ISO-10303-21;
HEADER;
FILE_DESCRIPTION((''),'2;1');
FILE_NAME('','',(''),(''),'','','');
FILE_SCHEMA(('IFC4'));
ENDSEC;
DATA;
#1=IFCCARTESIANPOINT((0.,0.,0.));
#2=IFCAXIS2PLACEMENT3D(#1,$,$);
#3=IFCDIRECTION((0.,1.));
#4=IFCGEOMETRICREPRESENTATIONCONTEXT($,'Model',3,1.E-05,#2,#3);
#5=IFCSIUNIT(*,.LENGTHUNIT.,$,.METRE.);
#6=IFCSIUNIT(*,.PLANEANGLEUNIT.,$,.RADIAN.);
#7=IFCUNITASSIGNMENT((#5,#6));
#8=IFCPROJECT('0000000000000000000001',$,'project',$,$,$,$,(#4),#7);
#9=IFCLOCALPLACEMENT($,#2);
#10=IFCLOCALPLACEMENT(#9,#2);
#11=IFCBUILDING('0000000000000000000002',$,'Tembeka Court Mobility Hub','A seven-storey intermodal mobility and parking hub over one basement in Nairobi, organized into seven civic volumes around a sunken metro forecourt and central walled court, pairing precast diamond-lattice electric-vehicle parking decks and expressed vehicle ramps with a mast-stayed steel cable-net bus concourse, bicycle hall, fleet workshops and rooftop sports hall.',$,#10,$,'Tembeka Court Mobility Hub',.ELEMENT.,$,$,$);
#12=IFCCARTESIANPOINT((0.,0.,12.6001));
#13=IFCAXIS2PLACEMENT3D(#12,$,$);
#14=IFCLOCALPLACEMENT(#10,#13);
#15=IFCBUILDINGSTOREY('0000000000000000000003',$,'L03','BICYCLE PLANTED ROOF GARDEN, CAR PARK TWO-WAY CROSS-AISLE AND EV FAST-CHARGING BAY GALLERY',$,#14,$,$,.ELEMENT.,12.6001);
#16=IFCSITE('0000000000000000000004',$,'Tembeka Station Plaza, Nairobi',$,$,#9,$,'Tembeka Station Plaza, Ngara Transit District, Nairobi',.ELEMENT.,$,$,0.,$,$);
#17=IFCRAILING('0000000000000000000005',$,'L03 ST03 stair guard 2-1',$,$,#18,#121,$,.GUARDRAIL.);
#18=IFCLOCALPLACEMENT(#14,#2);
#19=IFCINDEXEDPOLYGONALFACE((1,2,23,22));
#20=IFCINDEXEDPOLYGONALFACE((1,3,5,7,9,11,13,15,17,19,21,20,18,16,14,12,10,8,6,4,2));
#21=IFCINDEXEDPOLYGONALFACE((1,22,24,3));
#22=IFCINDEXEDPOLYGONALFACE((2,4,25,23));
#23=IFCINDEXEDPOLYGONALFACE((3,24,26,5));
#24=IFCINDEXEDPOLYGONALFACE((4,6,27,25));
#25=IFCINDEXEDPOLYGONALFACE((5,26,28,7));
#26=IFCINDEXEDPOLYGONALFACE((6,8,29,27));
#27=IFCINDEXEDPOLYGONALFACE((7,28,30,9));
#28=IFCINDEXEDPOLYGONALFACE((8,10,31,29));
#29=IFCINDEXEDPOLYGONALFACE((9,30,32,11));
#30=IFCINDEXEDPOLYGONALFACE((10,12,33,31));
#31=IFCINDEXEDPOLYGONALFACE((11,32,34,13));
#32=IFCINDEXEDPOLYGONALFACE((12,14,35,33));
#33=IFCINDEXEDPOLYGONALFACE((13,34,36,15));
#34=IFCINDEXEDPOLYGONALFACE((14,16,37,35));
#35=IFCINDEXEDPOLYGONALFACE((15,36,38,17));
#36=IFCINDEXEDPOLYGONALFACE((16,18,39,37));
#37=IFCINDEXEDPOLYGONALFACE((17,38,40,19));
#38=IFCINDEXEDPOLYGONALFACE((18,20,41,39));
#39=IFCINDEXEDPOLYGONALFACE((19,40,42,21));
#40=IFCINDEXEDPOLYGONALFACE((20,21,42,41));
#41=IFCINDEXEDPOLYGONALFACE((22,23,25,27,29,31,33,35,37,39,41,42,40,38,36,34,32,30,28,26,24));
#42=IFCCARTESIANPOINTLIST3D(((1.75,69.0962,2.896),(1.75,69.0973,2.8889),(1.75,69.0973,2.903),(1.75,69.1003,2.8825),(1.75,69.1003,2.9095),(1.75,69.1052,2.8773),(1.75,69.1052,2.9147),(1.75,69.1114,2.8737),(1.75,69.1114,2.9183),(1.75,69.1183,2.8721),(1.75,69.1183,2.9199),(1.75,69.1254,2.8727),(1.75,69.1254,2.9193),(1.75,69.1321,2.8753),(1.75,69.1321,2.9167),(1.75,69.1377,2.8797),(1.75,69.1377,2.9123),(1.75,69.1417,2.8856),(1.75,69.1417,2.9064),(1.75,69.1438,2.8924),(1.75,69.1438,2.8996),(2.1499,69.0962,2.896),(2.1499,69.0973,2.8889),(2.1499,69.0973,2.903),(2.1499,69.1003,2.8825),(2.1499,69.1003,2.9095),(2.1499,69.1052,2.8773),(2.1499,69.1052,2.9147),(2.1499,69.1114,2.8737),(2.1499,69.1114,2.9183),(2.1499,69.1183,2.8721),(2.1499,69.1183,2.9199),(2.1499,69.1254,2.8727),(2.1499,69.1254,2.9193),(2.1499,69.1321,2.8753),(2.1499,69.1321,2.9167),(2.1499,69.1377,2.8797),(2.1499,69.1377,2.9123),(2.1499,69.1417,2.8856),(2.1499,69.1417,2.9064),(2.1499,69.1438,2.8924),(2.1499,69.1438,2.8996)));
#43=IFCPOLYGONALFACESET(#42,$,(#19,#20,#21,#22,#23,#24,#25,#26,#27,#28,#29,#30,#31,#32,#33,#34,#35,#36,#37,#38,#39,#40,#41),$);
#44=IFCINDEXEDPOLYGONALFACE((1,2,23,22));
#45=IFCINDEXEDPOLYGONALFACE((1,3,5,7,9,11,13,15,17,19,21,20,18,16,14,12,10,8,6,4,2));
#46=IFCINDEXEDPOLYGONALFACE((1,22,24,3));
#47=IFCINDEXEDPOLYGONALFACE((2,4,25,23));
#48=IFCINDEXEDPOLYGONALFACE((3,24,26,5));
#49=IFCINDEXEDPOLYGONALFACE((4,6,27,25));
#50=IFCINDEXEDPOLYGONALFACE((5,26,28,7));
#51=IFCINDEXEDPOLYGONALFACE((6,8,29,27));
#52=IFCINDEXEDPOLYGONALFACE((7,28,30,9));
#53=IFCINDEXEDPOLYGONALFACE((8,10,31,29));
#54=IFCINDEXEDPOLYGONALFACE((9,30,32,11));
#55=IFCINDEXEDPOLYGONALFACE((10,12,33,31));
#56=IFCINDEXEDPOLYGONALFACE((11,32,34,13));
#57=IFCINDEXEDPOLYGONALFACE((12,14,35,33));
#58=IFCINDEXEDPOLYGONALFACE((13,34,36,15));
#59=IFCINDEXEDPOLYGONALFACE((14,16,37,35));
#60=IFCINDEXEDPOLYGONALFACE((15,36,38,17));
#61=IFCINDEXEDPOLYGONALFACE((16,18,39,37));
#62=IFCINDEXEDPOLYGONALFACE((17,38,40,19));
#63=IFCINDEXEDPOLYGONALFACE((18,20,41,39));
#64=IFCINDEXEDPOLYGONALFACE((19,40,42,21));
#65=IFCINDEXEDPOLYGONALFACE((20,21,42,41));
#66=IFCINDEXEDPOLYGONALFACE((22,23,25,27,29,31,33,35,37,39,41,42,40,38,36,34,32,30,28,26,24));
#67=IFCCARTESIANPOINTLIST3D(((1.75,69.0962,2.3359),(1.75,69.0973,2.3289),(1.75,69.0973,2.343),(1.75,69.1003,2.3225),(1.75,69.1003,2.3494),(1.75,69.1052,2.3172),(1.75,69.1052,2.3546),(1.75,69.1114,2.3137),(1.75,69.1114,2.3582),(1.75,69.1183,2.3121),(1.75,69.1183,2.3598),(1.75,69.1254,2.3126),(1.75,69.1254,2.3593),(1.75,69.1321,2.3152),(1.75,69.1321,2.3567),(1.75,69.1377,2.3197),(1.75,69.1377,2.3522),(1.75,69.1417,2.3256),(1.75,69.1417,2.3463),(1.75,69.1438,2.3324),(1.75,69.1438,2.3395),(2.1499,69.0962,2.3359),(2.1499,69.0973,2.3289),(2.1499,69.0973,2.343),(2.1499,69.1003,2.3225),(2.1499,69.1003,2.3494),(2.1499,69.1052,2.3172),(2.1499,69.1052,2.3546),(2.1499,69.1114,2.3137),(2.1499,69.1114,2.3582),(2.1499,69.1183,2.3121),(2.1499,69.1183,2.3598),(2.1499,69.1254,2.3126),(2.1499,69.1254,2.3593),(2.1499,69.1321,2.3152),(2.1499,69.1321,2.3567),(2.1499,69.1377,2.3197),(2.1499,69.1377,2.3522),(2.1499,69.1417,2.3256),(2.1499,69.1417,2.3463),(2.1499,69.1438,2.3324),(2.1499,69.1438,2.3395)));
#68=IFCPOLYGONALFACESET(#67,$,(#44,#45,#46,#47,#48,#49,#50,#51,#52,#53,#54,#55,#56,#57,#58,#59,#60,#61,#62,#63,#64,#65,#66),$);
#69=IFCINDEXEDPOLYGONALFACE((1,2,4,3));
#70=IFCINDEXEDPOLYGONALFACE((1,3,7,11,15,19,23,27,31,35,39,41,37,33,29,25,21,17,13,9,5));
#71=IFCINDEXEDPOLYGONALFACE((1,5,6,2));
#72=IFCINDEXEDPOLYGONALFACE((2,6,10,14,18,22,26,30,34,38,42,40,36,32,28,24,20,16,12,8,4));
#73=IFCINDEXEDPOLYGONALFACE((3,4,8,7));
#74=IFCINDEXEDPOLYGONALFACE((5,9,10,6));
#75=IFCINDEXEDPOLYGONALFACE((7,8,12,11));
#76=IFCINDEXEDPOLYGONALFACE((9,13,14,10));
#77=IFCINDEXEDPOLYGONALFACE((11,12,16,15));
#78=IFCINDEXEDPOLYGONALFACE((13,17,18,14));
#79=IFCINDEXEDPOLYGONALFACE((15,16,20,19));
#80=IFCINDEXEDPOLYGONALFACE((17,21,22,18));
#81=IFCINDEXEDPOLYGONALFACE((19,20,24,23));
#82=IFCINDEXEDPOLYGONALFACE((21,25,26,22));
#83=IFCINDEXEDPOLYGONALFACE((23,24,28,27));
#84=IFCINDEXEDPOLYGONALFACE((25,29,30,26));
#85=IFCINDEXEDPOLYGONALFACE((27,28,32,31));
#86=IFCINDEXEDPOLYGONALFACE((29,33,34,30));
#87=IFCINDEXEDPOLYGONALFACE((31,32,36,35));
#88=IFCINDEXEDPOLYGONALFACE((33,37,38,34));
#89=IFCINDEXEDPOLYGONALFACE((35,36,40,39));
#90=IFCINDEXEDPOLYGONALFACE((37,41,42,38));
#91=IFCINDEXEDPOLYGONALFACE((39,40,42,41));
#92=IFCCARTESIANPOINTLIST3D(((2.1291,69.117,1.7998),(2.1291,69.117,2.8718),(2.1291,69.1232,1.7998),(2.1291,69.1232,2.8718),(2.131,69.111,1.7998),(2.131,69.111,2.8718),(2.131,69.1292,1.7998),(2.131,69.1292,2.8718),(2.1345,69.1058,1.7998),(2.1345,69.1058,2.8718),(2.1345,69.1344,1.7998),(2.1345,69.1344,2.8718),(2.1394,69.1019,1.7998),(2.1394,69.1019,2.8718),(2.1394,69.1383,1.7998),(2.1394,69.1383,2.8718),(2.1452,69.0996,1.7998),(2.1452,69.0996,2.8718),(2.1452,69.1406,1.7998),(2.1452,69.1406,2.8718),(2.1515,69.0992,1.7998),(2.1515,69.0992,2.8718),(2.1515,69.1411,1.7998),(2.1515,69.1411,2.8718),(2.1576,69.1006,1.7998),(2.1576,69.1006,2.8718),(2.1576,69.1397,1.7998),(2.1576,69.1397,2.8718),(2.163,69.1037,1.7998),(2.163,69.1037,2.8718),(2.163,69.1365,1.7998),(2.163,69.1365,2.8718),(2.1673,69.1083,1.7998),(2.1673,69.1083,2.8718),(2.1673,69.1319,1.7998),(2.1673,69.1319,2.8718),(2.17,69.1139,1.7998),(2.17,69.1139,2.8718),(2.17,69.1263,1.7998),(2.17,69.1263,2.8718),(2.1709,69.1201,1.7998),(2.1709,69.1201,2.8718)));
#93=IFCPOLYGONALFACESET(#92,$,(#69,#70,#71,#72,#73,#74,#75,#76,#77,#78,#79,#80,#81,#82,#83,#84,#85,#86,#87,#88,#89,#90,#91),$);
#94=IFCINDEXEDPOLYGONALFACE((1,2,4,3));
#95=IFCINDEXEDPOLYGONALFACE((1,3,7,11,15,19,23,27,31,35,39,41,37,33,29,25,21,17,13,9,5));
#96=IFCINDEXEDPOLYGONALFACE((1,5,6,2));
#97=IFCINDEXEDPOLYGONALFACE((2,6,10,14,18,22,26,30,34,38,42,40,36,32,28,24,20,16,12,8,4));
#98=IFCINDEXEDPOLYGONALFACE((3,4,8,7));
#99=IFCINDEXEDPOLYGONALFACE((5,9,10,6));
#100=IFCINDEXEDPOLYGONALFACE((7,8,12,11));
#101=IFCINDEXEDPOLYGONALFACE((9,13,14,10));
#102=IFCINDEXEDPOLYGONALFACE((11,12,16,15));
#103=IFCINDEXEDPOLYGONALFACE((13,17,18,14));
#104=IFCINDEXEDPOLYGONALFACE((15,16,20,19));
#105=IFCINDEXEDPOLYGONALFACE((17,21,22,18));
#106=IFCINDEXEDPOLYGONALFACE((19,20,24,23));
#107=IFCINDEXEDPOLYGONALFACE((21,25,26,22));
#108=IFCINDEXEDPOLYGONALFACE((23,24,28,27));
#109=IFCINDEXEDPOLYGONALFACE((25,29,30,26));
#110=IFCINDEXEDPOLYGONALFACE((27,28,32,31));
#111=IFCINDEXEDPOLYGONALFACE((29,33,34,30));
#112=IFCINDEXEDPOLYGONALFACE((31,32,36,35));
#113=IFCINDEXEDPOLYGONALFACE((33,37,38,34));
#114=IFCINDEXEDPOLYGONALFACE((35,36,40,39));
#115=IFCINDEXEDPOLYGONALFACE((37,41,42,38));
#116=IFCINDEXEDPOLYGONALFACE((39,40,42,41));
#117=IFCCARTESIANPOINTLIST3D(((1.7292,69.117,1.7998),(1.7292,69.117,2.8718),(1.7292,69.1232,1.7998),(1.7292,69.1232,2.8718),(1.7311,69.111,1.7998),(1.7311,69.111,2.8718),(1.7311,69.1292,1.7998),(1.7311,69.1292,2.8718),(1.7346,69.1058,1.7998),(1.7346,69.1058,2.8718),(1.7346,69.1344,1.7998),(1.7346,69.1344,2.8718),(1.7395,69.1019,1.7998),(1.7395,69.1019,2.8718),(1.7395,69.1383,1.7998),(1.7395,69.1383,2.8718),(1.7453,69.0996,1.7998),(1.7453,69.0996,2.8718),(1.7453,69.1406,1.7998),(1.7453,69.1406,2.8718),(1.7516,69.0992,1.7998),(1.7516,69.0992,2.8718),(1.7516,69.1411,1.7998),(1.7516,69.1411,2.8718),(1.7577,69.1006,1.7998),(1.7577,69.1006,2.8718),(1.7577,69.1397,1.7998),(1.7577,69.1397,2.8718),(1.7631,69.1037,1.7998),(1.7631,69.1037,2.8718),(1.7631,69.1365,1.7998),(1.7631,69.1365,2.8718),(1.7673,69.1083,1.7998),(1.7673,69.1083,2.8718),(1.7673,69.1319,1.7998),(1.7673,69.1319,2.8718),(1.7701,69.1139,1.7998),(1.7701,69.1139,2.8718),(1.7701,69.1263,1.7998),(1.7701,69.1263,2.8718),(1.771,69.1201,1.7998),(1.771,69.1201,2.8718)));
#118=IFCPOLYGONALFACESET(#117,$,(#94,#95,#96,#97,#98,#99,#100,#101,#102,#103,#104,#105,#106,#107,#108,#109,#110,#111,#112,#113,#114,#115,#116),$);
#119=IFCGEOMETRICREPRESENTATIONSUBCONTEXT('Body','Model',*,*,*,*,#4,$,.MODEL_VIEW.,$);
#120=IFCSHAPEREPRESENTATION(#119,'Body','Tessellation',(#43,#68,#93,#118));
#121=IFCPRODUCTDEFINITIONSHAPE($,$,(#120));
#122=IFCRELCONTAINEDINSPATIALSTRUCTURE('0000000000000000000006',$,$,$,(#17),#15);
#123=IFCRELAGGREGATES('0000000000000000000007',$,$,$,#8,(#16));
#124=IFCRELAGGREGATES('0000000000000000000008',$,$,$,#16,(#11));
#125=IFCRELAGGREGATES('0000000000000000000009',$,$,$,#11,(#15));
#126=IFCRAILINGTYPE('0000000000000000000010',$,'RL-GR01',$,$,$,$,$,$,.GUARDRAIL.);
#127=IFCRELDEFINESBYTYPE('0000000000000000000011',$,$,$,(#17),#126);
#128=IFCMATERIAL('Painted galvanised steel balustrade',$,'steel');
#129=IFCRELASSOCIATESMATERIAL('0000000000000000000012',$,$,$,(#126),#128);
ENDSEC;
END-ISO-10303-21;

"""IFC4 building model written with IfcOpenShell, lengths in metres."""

from ifc_helpers import new_model, si_unit, direction, frame, origin, origin_2d, place, context, subcontext, project, spatial, circle, extrude, material, type_object, element, save


model = new_model("IFC4")

# Units and contexts
model_context = context("Model", 3, precision=1e-05, world=origin(), true_north=direction((0.0, 1.0)))
body_context = subcontext(model_context, "Body", "Model", "MODEL_VIEW")
ifc_project = project(units=[si_unit("LENGTHUNIT", "METRE"), si_unit("PLANEANGLEUNIT", "RADIAN")], contexts=[model_context])

# Site, building, storey
site_placement = place(None, origin())
site = spatial("IfcSite", under=ifc_project, at=site_placement, Name="Tembeka Station Plaza, Nairobi", LongName="Tembeka Station Plaza, Ngara Transit District, Nairobi", CompositionType="ELEMENT", RefElevation=0.0)
building_placement = place(site_placement, origin())
building = spatial("IfcBuilding", under=site, at=building_placement, Name="Tembeka Court Mobility Hub", Description="A seven-storey intermodal mobility and parking hub over one basement in Nairobi, organized into seven civic volumes around a sunken metro forecourt and central walled court, pairing precast diamond-lattice electric-vehicle parking decks and expressed vehicle ramps with a mast-stayed steel cable-net bus concourse, bicycle hall, fleet workshops and rooftop sports hall.", LongName="Tembeka Court Mobility Hub", CompositionType="ELEMENT")
storey_placement = place(building_placement, frame((0.0, 0.0, 12.6001)))
storey = spatial("IfcBuildingStorey", under=building, at=storey_placement, Name="L03", Description="BICYCLE PLANTED ROOF GARDEN, CAR PARK TWO-WAY CROSS-AISLE AND EV FAST-CHARGING BAY GALLERY", CompositionType="ELEMENT", Elevation=12.6001)

# Railing
ifc_material_1 = material(Name="Painted galvanised steel balustrade", Category="steel")
railing_type_1 = type_object("IfcRailingType", Name="RL-GR01", PredefinedType="GUARDRAIL", material=ifc_material_1)
railing_1_placement = place(storey_placement, frame((2.1499, 69.1201, 1.7998)))
element("IfcRailing", 1, at=railing_1_placement, inside=storey, type_object=railing_type_1, Name="L03 ST03 stair guard 2-1", PredefinedType="GUARDRAIL", context=body_context, shape_type="SweptSolid", body=[
    extrude(circle(Radius=0.0239, at=origin_2d()), frame((0.0, 0.0, 1.0962), z_axis=(-1.0, 0.0, 0.0), x_axis=(0.0, -1.0, 0.0)), (0.0, 0.0, 1.0), 0.3999),
    extrude(circle(Radius=0.0239, at=origin_2d()), frame((0.0, 0.0, 0.5361), z_axis=(-1.0, 0.0, 0.0), x_axis=(0.0, -1.0, 0.0)), (0.0, 0.0, 1.0), 0.3999),
    extrude(circle(Radius=0.021, at=origin_2d()), origin(), (0.0, 0.0, 1.0), 1.072),
    extrude(circle(Radius=0.021, at=origin_2d()), frame((-0.3999, 0.0, 0.0)), (0.0, 0.0, 1.0), 1.072),
])

save(model, "model.ifc")
